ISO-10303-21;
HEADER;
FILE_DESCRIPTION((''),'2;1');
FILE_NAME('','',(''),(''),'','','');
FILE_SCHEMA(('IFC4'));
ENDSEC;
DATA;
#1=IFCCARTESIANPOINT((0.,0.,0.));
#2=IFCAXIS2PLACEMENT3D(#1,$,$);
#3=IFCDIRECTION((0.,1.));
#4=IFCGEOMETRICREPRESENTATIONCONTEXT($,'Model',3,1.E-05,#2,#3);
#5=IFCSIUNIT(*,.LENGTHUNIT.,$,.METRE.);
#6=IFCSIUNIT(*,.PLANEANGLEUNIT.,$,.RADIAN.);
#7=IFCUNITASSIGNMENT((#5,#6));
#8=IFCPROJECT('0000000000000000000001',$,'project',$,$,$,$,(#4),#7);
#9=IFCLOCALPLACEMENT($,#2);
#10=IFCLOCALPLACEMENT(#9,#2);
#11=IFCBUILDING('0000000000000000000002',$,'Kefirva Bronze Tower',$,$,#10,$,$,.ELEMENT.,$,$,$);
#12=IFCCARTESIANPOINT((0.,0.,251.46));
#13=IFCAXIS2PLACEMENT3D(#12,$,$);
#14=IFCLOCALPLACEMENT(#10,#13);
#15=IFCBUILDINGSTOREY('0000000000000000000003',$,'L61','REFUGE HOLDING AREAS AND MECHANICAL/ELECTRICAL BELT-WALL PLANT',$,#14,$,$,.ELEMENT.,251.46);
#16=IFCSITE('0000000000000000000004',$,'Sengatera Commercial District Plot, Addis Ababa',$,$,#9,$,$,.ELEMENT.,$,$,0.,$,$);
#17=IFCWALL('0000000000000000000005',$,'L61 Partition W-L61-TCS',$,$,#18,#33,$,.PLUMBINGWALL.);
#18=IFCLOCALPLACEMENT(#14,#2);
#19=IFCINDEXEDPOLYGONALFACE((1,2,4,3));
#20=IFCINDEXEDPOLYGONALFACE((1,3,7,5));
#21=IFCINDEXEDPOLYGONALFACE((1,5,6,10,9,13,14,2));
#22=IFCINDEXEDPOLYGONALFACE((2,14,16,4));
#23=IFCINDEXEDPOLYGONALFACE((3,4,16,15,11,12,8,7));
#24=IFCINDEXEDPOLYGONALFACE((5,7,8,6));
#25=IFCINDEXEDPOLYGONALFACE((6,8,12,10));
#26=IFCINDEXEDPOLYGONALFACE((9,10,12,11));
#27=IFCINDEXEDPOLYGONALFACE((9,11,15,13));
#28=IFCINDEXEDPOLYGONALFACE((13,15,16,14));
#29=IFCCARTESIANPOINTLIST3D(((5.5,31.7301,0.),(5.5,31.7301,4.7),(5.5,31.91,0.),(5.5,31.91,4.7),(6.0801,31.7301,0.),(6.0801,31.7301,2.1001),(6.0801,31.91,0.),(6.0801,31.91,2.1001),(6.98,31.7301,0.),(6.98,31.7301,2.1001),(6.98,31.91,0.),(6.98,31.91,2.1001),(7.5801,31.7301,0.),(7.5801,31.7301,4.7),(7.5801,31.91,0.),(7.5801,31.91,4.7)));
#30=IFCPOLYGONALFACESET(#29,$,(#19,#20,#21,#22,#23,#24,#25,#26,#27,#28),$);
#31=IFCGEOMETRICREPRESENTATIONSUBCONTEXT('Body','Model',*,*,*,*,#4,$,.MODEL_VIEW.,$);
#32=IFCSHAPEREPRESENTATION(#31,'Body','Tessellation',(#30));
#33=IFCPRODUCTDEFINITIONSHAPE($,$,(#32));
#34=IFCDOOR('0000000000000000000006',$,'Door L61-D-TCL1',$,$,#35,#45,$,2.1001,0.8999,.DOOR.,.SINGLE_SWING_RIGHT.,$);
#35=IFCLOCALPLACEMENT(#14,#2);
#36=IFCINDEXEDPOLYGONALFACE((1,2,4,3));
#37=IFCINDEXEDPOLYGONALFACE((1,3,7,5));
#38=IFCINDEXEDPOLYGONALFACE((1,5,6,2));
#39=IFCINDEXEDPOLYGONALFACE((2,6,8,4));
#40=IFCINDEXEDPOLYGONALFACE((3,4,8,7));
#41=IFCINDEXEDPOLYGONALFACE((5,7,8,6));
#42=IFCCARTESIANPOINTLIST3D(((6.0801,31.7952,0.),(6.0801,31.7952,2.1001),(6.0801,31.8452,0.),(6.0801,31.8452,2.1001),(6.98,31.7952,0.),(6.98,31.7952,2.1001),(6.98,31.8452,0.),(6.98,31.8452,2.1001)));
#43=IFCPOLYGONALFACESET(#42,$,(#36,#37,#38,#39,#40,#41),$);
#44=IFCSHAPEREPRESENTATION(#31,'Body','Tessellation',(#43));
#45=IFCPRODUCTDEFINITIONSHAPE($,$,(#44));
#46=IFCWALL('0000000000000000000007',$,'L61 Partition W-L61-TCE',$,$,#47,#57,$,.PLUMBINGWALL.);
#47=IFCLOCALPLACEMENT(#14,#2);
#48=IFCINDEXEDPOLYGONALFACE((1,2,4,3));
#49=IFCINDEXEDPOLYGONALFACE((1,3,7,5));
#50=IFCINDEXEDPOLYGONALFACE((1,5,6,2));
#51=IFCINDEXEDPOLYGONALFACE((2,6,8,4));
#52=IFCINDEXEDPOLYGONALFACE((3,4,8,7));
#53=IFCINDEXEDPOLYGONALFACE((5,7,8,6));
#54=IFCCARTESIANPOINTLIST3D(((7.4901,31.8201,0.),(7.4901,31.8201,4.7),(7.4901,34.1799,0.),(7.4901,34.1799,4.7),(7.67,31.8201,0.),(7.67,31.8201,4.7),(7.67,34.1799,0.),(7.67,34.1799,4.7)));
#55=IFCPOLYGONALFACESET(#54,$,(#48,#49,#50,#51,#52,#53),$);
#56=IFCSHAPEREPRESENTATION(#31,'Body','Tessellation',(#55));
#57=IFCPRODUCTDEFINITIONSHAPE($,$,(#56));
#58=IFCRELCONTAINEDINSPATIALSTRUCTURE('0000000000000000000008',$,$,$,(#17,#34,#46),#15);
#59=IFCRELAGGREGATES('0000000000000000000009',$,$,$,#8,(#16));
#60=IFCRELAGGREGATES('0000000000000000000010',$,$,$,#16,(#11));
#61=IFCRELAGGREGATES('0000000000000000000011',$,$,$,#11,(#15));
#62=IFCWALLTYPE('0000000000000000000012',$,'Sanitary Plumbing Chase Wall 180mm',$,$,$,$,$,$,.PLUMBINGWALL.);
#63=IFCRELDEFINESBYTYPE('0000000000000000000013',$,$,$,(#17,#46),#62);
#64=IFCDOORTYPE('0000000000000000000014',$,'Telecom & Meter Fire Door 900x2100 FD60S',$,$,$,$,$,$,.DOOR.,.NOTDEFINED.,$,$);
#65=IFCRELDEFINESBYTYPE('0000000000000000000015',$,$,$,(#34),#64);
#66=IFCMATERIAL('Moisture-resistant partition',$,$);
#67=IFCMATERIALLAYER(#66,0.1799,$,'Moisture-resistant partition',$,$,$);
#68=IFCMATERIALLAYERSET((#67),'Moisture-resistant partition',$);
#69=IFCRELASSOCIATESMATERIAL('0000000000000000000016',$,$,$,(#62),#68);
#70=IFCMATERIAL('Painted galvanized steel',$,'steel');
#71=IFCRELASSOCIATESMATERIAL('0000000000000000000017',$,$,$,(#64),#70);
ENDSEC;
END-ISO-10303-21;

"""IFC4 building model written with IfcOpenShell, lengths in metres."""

from ifc_helpers import new_model, si_unit, direction, frame, frame_2d, origin, place, context, subcontext, project, spatial, rectangle, extrude, material, layer, layer_set, type_object, element, fill, save


model = new_model("IFC4")

# Units and contexts
model_context = context("Model", 3, precision=1e-05, world=origin(), true_north=direction((0.0, 1.0)))
body_context = subcontext(model_context, "Body", "Model", "MODEL_VIEW")
ifc_project = project(units=[si_unit("LENGTHUNIT", "METRE"), si_unit("PLANEANGLEUNIT", "RADIAN")], contexts=[model_context])

# Site, building, storey
site_placement = place(None, origin())
site = spatial("IfcSite", under=ifc_project, at=site_placement, Name="Sengatera Commercial District Plot, Addis Ababa", CompositionType="ELEMENT", RefElevation=0.0)
building_placement = place(site_placement, origin())
building = spatial("IfcBuilding", under=site, at=building_placement, Name="Kefirva Bronze Tower", CompositionType="ELEMENT")
storey_placement = place(building_placement, frame((0.0, 0.0, 251.46)))
storey = spatial("IfcBuildingStorey", under=building, at=storey_placement, Name="L61", Description="REFUGE HOLDING AREAS AND MECHANICAL/ELECTRICAL BELT-WALL PLANT", CompositionType="ELEMENT", Elevation=251.46)

# Shared definitions
ifc_material_1 = material(Name="Painted galvanized steel", Category="steel")

# Wall, opening, door
ifc_material_2 = material(Name="Moisture-resistant partition")
ifc_layer_1 = layer(ifc_material_2, 0.1799, Name="Moisture-resistant partition")
ifc_layer_set_1 = layer_set([ifc_layer_1], Name="Moisture-resistant partition")
wall_type_1 = type_object("IfcWallType", Name="Sanitary Plumbing Chase Wall 180mm", PredefinedType="PLUMBINGWALL", material=ifc_layer_set_1)
wall_1_placement = place(storey_placement, frame((5.5, 31.8201, 0.0), z_axis=(0.0, 0.0, 1.0), x_axis=(1.0, 0.0, 0.0)))
wall_1 = element("IfcWall", 1, at=wall_1_placement, inside=storey, type_object=wall_type_1, Name="L61 Partition W-L61-TCS", PredefinedType="PLUMBINGWALL", context=body_context, shape_type="SweptSolid", body=[
    extrude(rectangle(XDim=2.0801, YDim=0.1799, at=frame_2d((1.04, 0.0))), origin(), (0.0, 0.0, 1.0), 4.7),
])
opening_1_placement = place(wall_1_placement, frame((1.48, 0.0, 0.0), z_axis=(0.0, 0.0, 1.0), x_axis=(-1.0, 0.0, 0.0)))
opening_1 = element("IfcOpeningElement", 2, at=opening_1_placement, cuts=wall_1, PredefinedType="OPENING", context=body_context, shape_type="SweptSolid", body=[
    extrude(rectangle(XDim=0.8999, YDim=2.1001, at=frame_2d((0.45, 1.05))), frame((0.0, 0.1001, 0.0), z_axis=(0.0, -1.0, 0.0), x_axis=(1.0, 0.0, 0.0)), (0.0, 0.0, 1.0), 0.2),
])
door_type_1 = type_object("IfcDoorType", Name="Telecom & Meter Fire Door 900x2100 FD60S", OperationType="NOTDEFINED", PredefinedType="DOOR", material=ifc_material_1)
door_1_placement = place(opening_1_placement, origin())
door_1 = element("IfcDoor", 3, at=door_1_placement, inside=storey, type_object=door_type_1, Name="Door L61-D-TCL1", OperationType="SINGLE_SWING_RIGHT", OverallHeight=2.1001, OverallWidth=0.8999, PredefinedType="DOOR", context=body_context, shape_type="SweptSolid", body=[
    extrude(rectangle(XDim=0.8999, YDim=2.1001, at=frame_2d((0.45, 1.05))), frame((0.0, 0.0249, 0.0), z_axis=(0.0, -1.0, 0.0), x_axis=(1.0, 0.0, 0.0)), (0.0, 0.0, 1.0), 0.05),
])
fill(opening_1, door_1)

# Wall
wall_2_placement = place(storey_placement, frame((7.5801, 31.8201, 0.0), z_axis=(0.0, 0.0, 1.0), x_axis=(0.0, 1.0, 0.0)))
element("IfcWall", 4, at=wall_2_placement, inside=storey, type_object=wall_type_1, Name="L61 Partition W-L61-TCE", PredefinedType="PLUMBINGWALL", context=body_context, shape_type="SweptSolid", body=[
    extrude(rectangle(XDim=2.3599, YDim=0.1799, at=frame_2d((1.1799, 0.0))), origin(), (0.0, 0.0, 1.0), 4.7),
])

save(model, "model.ifc")
